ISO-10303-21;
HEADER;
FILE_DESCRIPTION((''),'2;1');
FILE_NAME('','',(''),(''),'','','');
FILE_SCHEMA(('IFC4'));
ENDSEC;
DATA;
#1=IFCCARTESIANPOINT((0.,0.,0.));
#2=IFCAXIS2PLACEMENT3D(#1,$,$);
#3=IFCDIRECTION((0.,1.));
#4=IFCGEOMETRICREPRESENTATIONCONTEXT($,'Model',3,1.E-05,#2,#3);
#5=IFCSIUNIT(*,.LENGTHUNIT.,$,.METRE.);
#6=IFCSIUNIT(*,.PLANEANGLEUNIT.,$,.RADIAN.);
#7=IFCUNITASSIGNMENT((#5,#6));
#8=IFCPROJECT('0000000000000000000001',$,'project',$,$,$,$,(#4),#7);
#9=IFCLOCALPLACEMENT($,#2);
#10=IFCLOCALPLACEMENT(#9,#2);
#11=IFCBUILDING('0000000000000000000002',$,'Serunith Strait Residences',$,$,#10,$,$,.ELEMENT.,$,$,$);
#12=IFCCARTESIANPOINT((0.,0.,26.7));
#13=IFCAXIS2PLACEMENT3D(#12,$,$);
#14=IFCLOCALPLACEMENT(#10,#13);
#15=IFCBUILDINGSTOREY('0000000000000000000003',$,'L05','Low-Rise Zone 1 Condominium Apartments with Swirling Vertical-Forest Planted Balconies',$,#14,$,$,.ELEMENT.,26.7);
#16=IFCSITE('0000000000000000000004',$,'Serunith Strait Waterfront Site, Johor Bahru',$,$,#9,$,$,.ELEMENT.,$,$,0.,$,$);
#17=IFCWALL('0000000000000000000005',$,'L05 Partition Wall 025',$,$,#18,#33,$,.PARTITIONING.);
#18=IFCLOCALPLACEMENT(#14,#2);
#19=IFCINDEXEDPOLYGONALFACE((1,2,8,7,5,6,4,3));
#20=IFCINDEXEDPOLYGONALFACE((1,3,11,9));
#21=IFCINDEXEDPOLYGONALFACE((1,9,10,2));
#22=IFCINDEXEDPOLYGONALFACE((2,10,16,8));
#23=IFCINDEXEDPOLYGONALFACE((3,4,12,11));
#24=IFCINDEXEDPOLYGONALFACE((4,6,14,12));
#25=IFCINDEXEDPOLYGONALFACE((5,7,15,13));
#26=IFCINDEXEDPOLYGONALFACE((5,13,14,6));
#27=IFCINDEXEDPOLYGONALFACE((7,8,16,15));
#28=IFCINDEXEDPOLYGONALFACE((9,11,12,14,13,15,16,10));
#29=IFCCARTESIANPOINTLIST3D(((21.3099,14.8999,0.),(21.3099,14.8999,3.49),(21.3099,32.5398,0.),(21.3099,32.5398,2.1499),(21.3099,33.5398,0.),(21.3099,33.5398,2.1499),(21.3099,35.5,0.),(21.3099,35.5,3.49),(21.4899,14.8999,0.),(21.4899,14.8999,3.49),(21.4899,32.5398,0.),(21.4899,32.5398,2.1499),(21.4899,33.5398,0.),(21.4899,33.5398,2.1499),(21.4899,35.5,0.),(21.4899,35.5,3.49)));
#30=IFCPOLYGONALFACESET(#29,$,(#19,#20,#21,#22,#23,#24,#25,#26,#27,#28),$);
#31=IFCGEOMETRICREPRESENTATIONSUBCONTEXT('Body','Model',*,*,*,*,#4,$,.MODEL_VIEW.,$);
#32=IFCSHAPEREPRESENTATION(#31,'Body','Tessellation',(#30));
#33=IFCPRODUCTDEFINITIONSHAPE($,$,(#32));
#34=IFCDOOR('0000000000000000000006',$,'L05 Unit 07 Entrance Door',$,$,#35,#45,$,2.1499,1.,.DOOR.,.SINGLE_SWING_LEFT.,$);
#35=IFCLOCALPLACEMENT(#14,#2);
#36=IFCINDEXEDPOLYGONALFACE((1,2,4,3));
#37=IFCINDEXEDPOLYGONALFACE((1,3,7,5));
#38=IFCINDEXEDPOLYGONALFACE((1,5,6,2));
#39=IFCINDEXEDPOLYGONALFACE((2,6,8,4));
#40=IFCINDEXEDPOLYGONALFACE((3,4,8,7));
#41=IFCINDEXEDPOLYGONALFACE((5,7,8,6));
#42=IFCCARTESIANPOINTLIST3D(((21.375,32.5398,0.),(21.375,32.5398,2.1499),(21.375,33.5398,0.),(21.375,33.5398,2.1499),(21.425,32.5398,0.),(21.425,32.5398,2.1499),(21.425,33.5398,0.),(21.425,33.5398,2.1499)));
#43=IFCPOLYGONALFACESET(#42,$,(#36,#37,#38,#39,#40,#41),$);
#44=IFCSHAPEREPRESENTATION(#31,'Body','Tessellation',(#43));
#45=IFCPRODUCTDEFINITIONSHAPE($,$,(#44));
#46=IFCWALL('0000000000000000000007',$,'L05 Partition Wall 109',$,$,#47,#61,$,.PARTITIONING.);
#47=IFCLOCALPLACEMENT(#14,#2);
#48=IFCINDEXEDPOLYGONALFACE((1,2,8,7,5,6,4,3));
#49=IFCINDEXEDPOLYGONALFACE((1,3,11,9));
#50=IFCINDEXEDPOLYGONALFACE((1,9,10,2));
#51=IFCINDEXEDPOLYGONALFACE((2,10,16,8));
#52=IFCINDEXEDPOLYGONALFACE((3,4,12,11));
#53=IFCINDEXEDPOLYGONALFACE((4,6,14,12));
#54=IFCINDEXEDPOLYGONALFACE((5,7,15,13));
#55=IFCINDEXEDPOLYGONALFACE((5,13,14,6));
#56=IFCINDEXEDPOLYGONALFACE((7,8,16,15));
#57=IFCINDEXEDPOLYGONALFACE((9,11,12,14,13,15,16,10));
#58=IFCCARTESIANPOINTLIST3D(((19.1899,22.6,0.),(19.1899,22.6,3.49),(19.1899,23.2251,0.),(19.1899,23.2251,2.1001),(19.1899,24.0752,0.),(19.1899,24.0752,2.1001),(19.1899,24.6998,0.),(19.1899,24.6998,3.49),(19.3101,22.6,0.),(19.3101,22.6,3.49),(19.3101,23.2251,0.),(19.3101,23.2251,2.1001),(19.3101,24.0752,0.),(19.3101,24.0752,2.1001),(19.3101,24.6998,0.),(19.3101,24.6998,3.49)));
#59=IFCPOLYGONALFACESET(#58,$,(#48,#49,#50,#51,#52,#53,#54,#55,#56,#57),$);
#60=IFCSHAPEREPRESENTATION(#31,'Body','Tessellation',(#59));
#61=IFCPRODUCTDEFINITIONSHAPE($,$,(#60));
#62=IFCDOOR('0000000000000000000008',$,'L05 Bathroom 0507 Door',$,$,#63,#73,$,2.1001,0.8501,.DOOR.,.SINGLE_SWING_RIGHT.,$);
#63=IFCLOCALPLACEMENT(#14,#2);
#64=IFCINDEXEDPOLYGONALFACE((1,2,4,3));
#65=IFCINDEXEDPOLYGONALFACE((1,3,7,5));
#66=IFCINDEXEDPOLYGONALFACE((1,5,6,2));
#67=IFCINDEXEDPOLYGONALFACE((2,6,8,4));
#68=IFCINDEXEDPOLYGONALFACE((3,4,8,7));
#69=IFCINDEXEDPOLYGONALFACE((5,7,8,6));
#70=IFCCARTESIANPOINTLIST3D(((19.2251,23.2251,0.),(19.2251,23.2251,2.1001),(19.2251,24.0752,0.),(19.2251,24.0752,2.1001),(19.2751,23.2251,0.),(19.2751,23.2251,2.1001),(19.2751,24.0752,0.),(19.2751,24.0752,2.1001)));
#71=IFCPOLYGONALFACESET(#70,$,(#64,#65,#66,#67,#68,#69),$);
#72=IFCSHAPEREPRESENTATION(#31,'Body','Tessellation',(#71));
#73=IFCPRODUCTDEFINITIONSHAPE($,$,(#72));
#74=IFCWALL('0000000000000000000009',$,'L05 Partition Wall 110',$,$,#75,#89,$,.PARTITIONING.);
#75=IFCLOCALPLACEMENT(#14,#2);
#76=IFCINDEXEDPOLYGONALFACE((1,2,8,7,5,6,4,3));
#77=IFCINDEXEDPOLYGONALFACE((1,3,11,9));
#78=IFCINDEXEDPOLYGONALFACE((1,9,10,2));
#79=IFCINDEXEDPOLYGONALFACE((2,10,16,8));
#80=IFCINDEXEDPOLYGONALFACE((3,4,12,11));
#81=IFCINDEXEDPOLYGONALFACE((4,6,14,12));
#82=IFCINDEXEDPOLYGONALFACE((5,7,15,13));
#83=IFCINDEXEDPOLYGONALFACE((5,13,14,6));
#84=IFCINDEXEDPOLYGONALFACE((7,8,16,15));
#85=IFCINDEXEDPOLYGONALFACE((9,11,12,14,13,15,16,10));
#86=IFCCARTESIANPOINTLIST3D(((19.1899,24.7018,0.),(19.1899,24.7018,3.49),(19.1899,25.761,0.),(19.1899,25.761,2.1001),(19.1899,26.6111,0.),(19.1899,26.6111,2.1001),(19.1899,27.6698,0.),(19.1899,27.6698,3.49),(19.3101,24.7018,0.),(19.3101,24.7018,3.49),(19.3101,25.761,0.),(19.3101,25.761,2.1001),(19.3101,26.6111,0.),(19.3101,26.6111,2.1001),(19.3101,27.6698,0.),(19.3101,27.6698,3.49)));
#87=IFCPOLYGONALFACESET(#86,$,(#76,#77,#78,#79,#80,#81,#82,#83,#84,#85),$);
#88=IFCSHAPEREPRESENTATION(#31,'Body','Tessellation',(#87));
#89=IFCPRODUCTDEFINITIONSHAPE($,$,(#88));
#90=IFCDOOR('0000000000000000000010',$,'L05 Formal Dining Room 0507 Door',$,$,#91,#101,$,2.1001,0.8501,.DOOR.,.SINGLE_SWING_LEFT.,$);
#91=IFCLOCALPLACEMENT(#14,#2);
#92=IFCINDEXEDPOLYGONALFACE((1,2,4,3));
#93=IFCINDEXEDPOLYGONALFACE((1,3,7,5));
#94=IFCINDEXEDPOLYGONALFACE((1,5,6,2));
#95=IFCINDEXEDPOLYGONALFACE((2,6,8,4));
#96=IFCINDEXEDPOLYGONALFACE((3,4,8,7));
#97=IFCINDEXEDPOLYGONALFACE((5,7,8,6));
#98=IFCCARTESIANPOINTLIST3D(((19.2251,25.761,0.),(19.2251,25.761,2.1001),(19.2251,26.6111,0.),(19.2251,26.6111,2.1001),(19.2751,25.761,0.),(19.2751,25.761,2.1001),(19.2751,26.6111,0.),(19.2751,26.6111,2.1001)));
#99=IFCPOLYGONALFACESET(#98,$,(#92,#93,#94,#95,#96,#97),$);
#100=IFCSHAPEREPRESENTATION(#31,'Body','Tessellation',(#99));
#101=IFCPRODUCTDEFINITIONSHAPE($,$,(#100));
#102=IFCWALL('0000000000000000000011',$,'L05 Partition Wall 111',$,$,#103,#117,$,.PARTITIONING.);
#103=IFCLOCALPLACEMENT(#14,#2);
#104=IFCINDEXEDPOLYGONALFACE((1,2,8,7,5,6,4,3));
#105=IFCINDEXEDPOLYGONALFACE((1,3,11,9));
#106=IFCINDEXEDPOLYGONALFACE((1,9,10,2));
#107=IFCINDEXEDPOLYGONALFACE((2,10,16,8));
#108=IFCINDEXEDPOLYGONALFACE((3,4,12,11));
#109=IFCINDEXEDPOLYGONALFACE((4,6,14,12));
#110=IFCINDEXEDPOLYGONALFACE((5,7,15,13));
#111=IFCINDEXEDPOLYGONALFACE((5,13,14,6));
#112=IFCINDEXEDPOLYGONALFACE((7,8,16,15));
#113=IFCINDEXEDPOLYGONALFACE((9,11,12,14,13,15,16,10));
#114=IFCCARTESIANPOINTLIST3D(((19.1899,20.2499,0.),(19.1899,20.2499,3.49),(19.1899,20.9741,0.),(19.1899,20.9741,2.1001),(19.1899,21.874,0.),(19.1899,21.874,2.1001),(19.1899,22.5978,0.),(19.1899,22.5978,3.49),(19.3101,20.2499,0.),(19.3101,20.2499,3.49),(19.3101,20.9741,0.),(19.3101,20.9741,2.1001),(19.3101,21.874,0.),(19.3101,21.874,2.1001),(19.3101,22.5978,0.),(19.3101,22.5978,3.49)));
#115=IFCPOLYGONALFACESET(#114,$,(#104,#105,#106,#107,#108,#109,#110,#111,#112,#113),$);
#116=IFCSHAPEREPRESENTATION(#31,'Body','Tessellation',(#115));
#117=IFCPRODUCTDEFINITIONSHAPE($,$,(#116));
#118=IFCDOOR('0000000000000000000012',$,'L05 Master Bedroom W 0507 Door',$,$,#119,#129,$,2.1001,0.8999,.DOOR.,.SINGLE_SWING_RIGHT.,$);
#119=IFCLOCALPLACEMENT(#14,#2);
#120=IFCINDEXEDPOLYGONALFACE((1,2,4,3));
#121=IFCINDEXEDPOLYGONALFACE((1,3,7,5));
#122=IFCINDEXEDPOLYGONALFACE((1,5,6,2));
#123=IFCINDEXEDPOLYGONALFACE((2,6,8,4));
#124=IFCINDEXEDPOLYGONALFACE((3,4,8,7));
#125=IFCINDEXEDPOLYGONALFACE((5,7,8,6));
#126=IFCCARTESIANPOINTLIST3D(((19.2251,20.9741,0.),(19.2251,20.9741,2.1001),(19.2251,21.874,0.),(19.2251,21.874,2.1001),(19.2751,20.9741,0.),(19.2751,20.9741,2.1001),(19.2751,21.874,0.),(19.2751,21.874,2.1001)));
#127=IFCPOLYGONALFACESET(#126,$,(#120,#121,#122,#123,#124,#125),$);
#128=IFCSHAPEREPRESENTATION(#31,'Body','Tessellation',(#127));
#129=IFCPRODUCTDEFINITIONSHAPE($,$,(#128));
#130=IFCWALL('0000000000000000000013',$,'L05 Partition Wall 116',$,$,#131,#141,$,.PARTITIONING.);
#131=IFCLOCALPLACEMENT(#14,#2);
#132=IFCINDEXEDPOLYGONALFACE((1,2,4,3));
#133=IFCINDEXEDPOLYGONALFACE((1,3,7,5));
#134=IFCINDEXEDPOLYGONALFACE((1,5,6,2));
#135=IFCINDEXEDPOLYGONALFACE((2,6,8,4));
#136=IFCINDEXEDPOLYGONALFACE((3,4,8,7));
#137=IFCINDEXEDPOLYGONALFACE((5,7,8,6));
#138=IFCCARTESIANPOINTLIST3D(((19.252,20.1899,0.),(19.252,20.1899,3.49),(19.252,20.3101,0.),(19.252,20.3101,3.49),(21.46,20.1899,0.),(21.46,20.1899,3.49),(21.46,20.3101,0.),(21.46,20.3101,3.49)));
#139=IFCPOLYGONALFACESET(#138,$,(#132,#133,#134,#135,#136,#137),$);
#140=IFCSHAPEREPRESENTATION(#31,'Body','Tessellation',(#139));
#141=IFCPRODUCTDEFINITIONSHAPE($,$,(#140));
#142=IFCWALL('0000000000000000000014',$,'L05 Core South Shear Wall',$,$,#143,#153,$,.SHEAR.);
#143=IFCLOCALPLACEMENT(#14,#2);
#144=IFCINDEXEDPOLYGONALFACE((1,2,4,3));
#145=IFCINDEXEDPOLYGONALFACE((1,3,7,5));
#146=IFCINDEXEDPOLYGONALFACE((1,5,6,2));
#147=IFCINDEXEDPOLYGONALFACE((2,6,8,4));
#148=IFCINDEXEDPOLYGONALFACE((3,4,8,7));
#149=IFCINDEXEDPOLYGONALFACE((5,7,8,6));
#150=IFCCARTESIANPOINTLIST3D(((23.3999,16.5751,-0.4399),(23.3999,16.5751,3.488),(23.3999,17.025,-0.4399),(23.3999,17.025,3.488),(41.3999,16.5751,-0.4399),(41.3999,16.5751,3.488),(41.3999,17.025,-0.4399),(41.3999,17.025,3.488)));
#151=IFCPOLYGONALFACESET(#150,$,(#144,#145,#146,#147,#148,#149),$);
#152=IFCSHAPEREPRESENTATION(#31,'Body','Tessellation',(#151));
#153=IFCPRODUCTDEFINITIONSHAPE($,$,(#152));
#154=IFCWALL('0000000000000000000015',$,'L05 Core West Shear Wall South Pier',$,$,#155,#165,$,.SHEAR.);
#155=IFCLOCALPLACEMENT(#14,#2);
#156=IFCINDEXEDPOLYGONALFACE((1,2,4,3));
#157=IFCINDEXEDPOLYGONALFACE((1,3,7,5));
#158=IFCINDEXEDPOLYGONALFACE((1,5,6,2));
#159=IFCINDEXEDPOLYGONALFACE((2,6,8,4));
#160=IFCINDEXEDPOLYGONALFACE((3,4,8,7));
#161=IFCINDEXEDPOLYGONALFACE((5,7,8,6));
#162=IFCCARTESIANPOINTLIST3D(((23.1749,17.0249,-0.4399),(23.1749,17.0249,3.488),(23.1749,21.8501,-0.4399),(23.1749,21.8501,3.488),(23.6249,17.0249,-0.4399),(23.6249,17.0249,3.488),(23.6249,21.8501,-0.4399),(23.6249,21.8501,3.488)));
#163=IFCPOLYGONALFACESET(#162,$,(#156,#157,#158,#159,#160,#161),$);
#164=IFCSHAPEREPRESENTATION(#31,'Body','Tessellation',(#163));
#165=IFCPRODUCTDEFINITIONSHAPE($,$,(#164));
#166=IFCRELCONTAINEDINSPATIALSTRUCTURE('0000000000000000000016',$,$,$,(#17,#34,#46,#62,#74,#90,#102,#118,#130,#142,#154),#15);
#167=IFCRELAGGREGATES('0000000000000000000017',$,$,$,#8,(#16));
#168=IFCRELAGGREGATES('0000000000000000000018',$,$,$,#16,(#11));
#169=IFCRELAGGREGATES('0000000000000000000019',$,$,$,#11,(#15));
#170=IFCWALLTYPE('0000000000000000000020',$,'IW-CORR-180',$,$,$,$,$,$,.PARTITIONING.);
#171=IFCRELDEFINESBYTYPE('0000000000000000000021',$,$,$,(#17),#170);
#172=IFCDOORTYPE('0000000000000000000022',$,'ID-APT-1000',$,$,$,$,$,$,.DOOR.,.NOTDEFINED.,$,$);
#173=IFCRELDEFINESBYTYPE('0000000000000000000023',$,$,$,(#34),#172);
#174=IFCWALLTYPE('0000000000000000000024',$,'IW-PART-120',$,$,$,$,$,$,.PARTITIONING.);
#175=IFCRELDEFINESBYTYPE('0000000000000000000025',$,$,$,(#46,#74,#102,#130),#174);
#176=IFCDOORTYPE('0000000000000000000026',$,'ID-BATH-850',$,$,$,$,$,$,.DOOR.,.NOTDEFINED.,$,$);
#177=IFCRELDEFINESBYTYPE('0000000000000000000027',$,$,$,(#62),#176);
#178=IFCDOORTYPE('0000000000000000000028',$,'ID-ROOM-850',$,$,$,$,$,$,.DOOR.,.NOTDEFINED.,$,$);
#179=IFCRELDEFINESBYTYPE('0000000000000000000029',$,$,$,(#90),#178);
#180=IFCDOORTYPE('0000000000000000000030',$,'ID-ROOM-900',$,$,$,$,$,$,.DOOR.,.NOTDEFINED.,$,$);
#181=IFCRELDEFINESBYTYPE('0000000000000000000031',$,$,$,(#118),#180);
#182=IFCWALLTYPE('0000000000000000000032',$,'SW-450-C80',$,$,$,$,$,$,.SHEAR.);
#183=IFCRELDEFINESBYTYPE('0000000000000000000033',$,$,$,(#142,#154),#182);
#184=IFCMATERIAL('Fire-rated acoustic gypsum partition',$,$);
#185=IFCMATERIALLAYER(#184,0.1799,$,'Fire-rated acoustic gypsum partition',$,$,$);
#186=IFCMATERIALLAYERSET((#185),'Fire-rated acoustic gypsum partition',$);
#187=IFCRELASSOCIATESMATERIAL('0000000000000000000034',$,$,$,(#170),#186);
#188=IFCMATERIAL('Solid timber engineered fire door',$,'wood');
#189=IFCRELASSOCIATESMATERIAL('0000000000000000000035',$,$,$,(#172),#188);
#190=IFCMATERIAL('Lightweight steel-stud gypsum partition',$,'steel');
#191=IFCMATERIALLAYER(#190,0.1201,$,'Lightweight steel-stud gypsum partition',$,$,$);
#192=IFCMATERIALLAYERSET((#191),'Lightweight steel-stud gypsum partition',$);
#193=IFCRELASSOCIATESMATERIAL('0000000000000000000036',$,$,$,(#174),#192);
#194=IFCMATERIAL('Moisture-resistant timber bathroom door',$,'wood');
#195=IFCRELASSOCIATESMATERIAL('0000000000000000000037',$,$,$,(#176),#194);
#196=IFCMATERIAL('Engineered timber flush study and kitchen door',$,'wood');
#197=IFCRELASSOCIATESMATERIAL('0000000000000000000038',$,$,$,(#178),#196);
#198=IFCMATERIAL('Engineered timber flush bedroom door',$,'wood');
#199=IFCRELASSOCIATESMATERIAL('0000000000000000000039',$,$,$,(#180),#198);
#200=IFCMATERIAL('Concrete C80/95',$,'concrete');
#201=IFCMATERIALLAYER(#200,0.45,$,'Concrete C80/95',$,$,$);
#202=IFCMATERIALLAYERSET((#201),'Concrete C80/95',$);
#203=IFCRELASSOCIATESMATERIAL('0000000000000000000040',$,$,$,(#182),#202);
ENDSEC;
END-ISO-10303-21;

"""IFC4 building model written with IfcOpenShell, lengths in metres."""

from ifc_helpers import new_model, si_unit, direction, frame, frame_2d, origin, place, context, subcontext, project, spatial, rectangle, extrude, source, transform, mapped, material, layer, layer_set, type_object, element, fill, save


model = new_model("IFC4")

# Units and contexts
model_context = context("Model", 3, precision=1e-05, world=origin(), true_north=direction((0.0, 1.0)))
body_context = subcontext(model_context, "Body", "Model", "MODEL_VIEW")
ifc_project = project(units=[si_unit("LENGTHUNIT", "METRE"), si_unit("PLANEANGLEUNIT", "RADIAN")], contexts=[model_context])

# Site, building, storey
site_placement = place(None, origin())
site = spatial("IfcSite", under=ifc_project, at=site_placement, Name="Serunith Strait Waterfront Site, Johor Bahru", CompositionType="ELEMENT", RefElevation=0.0)
building_placement = place(site_placement, origin())
building = spatial("IfcBuilding", under=site, at=building_placement, Name="Serunith Strait Residences", CompositionType="ELEMENT")
storey_placement = place(building_placement, frame((0.0, 0.0, 26.7)))
storey = spatial("IfcBuildingStorey", under=building, at=storey_placement, Name="L05", Description="Low-Rise Zone 1 Condominium Apartments with Swirling Vertical-Forest Planted Balconies", CompositionType="ELEMENT", Elevation=26.7)

# Shared definitions
ifc_material_1 = material(Name="Fire-rated acoustic gypsum partition")
ifc_layer_1 = layer(ifc_material_1, 0.1799, Name="Fire-rated acoustic gypsum partition")
ifc_layer_set_1 = layer_set([ifc_layer_1], Name="Fire-rated acoustic gypsum partition")
wall_type_1 = type_object("IfcWallType", Name="IW-CORR-180", PredefinedType="PARTITIONING", material=ifc_layer_set_1)
ifc_material_2 = material(Name="Solid timber engineered fire door", Category="wood")
door_type_1 = type_object("IfcDoorType", Name="ID-APT-1000", OperationType="NOTDEFINED", PredefinedType="DOOR", material=ifc_material_2)
shared_shape_1 = source(origin(), body_context, "Body", "SweptSolid", [
    extrude(rectangle(XDim=1.0, YDim=2.1499, at=frame_2d((0.5, 1.075))), frame((0.0, 0.0249, 0.0), z_axis=(0.0, -1.0, 0.0), x_axis=(1.0, 0.0, 0.0)), (0.0, 0.0, 1.0), 0.05),
])

# Walls, openings, doors
wall_1_placement = place(storey_placement, frame((21.3999, 14.8999, 0.0), z_axis=(0.0, 0.0, 1.0), x_axis=(0.0, 1.0, 0.0)))
wall_1 = element("IfcWall", 1, at=wall_1_placement, inside=storey, type_object=wall_type_1, Name="L05 Partition Wall 025", PredefinedType="PARTITIONING", context=body_context, shape_type="SweptSolid", body=[
    extrude(rectangle(XDim=20.6001, YDim=0.1799, at=frame_2d((10.3, 0.0))), origin(), (0.0, 0.0, 1.0), 3.49),
])
opening_1_placement = place(wall_1_placement, frame((17.6399, 0.0, 0.0)))
opening_1 = element("IfcOpeningElement", 2, at=opening_1_placement, cuts=wall_1, PredefinedType="OPENING", context=body_context, shape_type="SweptSolid", body=[
    extrude(rectangle(XDim=1.0, YDim=2.1499, at=frame_2d((0.5, 1.075))), frame((0.0, 0.1001, 0.0), z_axis=(0.0, -1.0, 0.0), x_axis=(1.0, 0.0, 0.0)), (0.0, 0.0, 1.0), 0.2),
])
door_1_placement = place(opening_1_placement, origin())
door_1 = element("IfcDoor", 3, at=door_1_placement, inside=storey, type_object=door_type_1, Name="L05 Unit 07 Entrance Door", OperationType="SINGLE_SWING_LEFT", OverallHeight=2.1499, OverallWidth=1.0, PredefinedType="DOOR", context=body_context, shape_type="MappedRepresentation", body=[
    mapped(shared_shape_1, transform((0.0, 0.0, 0.0), scale=1.0)),
])
fill(opening_1, door_1)
ifc_material_3 = material(Name="Lightweight steel-stud gypsum partition", Category="steel")
ifc_layer_2 = layer(ifc_material_3, 0.1201, Name="Lightweight steel-stud gypsum partition")
ifc_layer_set_2 = layer_set([ifc_layer_2], Name="Lightweight steel-stud gypsum partition")
wall_type_2 = type_object("IfcWallType", Name="IW-PART-120", PredefinedType="PARTITIONING", material=ifc_layer_set_2)
wall_2_placement = place(storey_placement, frame((19.25, 22.6001, 0.0), z_axis=(0.0, 0.0, 1.0), x_axis=(0.0, 1.0, 0.0)))
wall_2 = element("IfcWall", 4, at=wall_2_placement, inside=storey, type_object=wall_type_2, Name="L05 Partition Wall 109", PredefinedType="PARTITIONING", context=body_context, shape_type="SweptSolid", body=[
    extrude(rectangle(XDim=2.0999, YDim=0.1201, at=frame_2d((1.0498, 0.0))), origin(), (0.0, 0.0, 1.0), 3.49),
])
opening_2_placement = place(wall_2_placement, frame((0.625, 0.0, 0.0)))
opening_2 = element("IfcOpeningElement", 5, at=opening_2_placement, cuts=wall_2, PredefinedType="OPENING", context=body_context, shape_type="SweptSolid", body=[
    extrude(rectangle(XDim=0.8501, YDim=2.1001, at=frame_2d((0.425, 1.05))), frame((0.0, 0.0701, 0.0), z_axis=(0.0, -1.0, 0.0), x_axis=(1.0, 0.0, 0.0)), (0.0, 0.0, 1.0), 0.1401),
])
ifc_material_4 = material(Name="Moisture-resistant timber bathroom door", Category="wood")
door_type_2 = type_object("IfcDoorType", Name="ID-BATH-850", OperationType="NOTDEFINED", PredefinedType="DOOR", material=ifc_material_4)
shared_shape_2 = source(origin(), body_context, "Body", "SweptSolid", [
    extrude(rectangle(XDim=0.8501, YDim=2.1001, at=frame_2d((0.425, 1.05))), frame((0.0, 0.0249, 0.0), z_axis=(0.0, -1.0, 0.0), x_axis=(1.0, 0.0, 0.0)), (0.0, 0.0, 1.0), 0.05),
])
door_2_placement = place(opening_2_placement, origin())
door_2 = element("IfcDoor", 6, at=door_2_placement, inside=storey, type_object=door_type_2, Name="L05 Bathroom 0507 Door", OperationType="SINGLE_SWING_RIGHT", OverallHeight=2.1001, OverallWidth=0.8501, PredefinedType="DOOR", context=body_context, shape_type="MappedRepresentation", body=[
    mapped(shared_shape_2, transform((0.0, 0.0, 0.0), scale=1.0)),
])
fill(opening_2, door_2)
wall_3_placement = place(storey_placement, frame((19.25, 24.7019, 0.0), z_axis=(0.0, 0.0, 1.0), x_axis=(0.0, 1.0, 0.0)))
wall_3 = element("IfcWall", 7, at=wall_3_placement, inside=storey, type_object=wall_type_2, Name="L05 Partition Wall 110", PredefinedType="PARTITIONING", context=body_context, shape_type="SweptSolid", body=[
    extrude(rectangle(XDim=2.968, YDim=0.1201, at=frame_2d((1.4839, 0.0))), origin(), (0.0, 0.0, 1.0), 3.49),
])
opening_3_placement = place(wall_3_placement, frame((1.0591, 0.0, 0.0)))
opening_3 = element("IfcOpeningElement", 8, at=opening_3_placement, cuts=wall_3, PredefinedType="OPENING", context=body_context, shape_type="SweptSolid", body=[
    extrude(rectangle(XDim=0.8501, YDim=2.1001, at=frame_2d((0.425, 1.05))), frame((0.0, 0.0701, 0.0), z_axis=(0.0, -1.0, 0.0), x_axis=(1.0, 0.0, 0.0)), (0.0, 0.0, 1.0), 0.1401),
])
ifc_material_5 = material(Name="Engineered timber flush study and kitchen door", Category="wood")
door_type_3 = type_object("IfcDoorType", Name="ID-ROOM-850", OperationType="NOTDEFINED", PredefinedType="DOOR", material=ifc_material_5)
door_3_placement = place(opening_3_placement, origin())
door_3 = element("IfcDoor", 9, at=door_3_placement, inside=storey, type_object=door_type_3, Name="L05 Formal Dining Room 0507 Door", OperationType="SINGLE_SWING_LEFT", OverallHeight=2.1001, OverallWidth=0.8501, PredefinedType="DOOR", context=body_context, shape_type="MappedRepresentation", body=[
    mapped(shared_shape_2, transform((0.0, 0.0, 0.0), scale=1.0)),
])
fill(opening_3, door_3)
wall_4_placement = place(storey_placement, frame((19.25, 20.25, 0.0), z_axis=(0.0, 0.0, 1.0), x_axis=(0.0, 1.0, 0.0)))
wall_4 = element("IfcWall", 10, at=wall_4_placement, inside=storey, type_object=wall_type_2, Name="L05 Partition Wall 111", PredefinedType="PARTITIONING", context=body_context, shape_type="SweptSolid", body=[
    extrude(rectangle(XDim=2.3479, YDim=0.1201, at=frame_2d((1.1738, 0.0))), origin(), (0.0, 0.0, 1.0), 3.49),
])
opening_4_placement = place(wall_4_placement, frame((0.7241, 0.0, 0.0)))
opening_4 = element("IfcOpeningElement", 11, at=opening_4_placement, cuts=wall_4, PredefinedType="OPENING", context=body_context, shape_type="SweptSolid", body=[
    extrude(rectangle(XDim=0.8999, YDim=2.1001, at=frame_2d((0.45, 1.05))), frame((0.0, 0.0701, 0.0), z_axis=(0.0, -1.0, 0.0), x_axis=(1.0, 0.0, 0.0)), (0.0, 0.0, 1.0), 0.1401),
])
ifc_material_6 = material(Name="Engineered timber flush bedroom door", Category="wood")
door_type_4 = type_object("IfcDoorType", Name="ID-ROOM-900", OperationType="NOTDEFINED", PredefinedType="DOOR", material=ifc_material_6)
shared_shape_3 = source(origin(), body_context, "Body", "SweptSolid", [
    extrude(rectangle(XDim=0.8999, YDim=2.1001, at=frame_2d((0.45, 1.05))), frame((0.0, 0.0249, 0.0), z_axis=(0.0, -1.0, 0.0), x_axis=(1.0, 0.0, 0.0)), (0.0, 0.0, 1.0), 0.05),
])
door_4_placement = place(opening_4_placement, origin())
door_4 = element("IfcDoor", 12, at=door_4_placement, inside=storey, type_object=door_type_4, Name="L05 Master Bedroom W 0507 Door", OperationType="SINGLE_SWING_RIGHT", OverallHeight=2.1001, OverallWidth=0.8999, PredefinedType="DOOR", context=body_context, shape_type="MappedRepresentation", body=[
    mapped(shared_shape_3, transform((0.0, 0.0, 0.0), scale=1.0)),
])
fill(opening_4, door_4)

# Wall
wall_5_placement = place(storey_placement, frame((19.252, 20.25, 0.0), z_axis=(0.0, 0.0, 1.0), x_axis=(1.0, 0.0, 0.0)))
element("IfcWall", 13, at=wall_5_placement, inside=storey, type_object=wall_type_2, Name="L05 Partition Wall 116", PredefinedType="PARTITIONING", context=body_context, shape_type="SweptSolid", body=[
    extrude(rectangle(XDim=2.208, YDim=0.1201, at=frame_2d((1.104, 0.0))), origin(), (0.0, 0.0, 1.0), 3.49),
])

# Walls
ifc_material_7 = material(Name="Concrete C80/95", Category="concrete")
ifc_layer_3 = layer(ifc_material_7, 0.45, Name="Concrete C80/95")
ifc_layer_set_3 = layer_set([ifc_layer_3], Name="Concrete C80/95")
wall_type_3 = type_object("IfcWallType", Name="SW-450-C80", PredefinedType="SHEAR", material=ifc_layer_set_3)
wall_6_placement = place(storey_placement, frame((23.3999, 16.8, -0.4399), z_axis=(0.0, 0.0, 1.0), x_axis=(1.0, 0.0, 0.0)))
element("IfcWall", 14, at=wall_6_placement, inside=storey, type_object=wall_type_3, Name="L05 Core South Shear Wall", PredefinedType="SHEAR", context=body_context, shape_type="SweptSolid", body=[
    extrude(rectangle(XDim=18.0, YDim=0.45, at=frame_2d((9.0, 0.0))), origin(), (0.0, 0.0, 1.0), 3.928),
])
wall_7_placement = place(storey_placement, frame((23.3999, 17.0249, -0.4399), z_axis=(0.0, 0.0, 1.0), x_axis=(0.0, 1.0, 0.0)))
element("IfcWall", 15, at=wall_7_placement, inside=storey, type_object=wall_type_3, Name="L05 Core West Shear Wall South Pier", PredefinedType="SHEAR", context=body_context, shape_type="SweptSolid", body=[
    extrude(rectangle(XDim=4.8252, YDim=0.45, at=frame_2d((2.4126, 0.0))), origin(), (0.0, 0.0, 1.0), 3.928),
])

save(model, "model.ifc")
